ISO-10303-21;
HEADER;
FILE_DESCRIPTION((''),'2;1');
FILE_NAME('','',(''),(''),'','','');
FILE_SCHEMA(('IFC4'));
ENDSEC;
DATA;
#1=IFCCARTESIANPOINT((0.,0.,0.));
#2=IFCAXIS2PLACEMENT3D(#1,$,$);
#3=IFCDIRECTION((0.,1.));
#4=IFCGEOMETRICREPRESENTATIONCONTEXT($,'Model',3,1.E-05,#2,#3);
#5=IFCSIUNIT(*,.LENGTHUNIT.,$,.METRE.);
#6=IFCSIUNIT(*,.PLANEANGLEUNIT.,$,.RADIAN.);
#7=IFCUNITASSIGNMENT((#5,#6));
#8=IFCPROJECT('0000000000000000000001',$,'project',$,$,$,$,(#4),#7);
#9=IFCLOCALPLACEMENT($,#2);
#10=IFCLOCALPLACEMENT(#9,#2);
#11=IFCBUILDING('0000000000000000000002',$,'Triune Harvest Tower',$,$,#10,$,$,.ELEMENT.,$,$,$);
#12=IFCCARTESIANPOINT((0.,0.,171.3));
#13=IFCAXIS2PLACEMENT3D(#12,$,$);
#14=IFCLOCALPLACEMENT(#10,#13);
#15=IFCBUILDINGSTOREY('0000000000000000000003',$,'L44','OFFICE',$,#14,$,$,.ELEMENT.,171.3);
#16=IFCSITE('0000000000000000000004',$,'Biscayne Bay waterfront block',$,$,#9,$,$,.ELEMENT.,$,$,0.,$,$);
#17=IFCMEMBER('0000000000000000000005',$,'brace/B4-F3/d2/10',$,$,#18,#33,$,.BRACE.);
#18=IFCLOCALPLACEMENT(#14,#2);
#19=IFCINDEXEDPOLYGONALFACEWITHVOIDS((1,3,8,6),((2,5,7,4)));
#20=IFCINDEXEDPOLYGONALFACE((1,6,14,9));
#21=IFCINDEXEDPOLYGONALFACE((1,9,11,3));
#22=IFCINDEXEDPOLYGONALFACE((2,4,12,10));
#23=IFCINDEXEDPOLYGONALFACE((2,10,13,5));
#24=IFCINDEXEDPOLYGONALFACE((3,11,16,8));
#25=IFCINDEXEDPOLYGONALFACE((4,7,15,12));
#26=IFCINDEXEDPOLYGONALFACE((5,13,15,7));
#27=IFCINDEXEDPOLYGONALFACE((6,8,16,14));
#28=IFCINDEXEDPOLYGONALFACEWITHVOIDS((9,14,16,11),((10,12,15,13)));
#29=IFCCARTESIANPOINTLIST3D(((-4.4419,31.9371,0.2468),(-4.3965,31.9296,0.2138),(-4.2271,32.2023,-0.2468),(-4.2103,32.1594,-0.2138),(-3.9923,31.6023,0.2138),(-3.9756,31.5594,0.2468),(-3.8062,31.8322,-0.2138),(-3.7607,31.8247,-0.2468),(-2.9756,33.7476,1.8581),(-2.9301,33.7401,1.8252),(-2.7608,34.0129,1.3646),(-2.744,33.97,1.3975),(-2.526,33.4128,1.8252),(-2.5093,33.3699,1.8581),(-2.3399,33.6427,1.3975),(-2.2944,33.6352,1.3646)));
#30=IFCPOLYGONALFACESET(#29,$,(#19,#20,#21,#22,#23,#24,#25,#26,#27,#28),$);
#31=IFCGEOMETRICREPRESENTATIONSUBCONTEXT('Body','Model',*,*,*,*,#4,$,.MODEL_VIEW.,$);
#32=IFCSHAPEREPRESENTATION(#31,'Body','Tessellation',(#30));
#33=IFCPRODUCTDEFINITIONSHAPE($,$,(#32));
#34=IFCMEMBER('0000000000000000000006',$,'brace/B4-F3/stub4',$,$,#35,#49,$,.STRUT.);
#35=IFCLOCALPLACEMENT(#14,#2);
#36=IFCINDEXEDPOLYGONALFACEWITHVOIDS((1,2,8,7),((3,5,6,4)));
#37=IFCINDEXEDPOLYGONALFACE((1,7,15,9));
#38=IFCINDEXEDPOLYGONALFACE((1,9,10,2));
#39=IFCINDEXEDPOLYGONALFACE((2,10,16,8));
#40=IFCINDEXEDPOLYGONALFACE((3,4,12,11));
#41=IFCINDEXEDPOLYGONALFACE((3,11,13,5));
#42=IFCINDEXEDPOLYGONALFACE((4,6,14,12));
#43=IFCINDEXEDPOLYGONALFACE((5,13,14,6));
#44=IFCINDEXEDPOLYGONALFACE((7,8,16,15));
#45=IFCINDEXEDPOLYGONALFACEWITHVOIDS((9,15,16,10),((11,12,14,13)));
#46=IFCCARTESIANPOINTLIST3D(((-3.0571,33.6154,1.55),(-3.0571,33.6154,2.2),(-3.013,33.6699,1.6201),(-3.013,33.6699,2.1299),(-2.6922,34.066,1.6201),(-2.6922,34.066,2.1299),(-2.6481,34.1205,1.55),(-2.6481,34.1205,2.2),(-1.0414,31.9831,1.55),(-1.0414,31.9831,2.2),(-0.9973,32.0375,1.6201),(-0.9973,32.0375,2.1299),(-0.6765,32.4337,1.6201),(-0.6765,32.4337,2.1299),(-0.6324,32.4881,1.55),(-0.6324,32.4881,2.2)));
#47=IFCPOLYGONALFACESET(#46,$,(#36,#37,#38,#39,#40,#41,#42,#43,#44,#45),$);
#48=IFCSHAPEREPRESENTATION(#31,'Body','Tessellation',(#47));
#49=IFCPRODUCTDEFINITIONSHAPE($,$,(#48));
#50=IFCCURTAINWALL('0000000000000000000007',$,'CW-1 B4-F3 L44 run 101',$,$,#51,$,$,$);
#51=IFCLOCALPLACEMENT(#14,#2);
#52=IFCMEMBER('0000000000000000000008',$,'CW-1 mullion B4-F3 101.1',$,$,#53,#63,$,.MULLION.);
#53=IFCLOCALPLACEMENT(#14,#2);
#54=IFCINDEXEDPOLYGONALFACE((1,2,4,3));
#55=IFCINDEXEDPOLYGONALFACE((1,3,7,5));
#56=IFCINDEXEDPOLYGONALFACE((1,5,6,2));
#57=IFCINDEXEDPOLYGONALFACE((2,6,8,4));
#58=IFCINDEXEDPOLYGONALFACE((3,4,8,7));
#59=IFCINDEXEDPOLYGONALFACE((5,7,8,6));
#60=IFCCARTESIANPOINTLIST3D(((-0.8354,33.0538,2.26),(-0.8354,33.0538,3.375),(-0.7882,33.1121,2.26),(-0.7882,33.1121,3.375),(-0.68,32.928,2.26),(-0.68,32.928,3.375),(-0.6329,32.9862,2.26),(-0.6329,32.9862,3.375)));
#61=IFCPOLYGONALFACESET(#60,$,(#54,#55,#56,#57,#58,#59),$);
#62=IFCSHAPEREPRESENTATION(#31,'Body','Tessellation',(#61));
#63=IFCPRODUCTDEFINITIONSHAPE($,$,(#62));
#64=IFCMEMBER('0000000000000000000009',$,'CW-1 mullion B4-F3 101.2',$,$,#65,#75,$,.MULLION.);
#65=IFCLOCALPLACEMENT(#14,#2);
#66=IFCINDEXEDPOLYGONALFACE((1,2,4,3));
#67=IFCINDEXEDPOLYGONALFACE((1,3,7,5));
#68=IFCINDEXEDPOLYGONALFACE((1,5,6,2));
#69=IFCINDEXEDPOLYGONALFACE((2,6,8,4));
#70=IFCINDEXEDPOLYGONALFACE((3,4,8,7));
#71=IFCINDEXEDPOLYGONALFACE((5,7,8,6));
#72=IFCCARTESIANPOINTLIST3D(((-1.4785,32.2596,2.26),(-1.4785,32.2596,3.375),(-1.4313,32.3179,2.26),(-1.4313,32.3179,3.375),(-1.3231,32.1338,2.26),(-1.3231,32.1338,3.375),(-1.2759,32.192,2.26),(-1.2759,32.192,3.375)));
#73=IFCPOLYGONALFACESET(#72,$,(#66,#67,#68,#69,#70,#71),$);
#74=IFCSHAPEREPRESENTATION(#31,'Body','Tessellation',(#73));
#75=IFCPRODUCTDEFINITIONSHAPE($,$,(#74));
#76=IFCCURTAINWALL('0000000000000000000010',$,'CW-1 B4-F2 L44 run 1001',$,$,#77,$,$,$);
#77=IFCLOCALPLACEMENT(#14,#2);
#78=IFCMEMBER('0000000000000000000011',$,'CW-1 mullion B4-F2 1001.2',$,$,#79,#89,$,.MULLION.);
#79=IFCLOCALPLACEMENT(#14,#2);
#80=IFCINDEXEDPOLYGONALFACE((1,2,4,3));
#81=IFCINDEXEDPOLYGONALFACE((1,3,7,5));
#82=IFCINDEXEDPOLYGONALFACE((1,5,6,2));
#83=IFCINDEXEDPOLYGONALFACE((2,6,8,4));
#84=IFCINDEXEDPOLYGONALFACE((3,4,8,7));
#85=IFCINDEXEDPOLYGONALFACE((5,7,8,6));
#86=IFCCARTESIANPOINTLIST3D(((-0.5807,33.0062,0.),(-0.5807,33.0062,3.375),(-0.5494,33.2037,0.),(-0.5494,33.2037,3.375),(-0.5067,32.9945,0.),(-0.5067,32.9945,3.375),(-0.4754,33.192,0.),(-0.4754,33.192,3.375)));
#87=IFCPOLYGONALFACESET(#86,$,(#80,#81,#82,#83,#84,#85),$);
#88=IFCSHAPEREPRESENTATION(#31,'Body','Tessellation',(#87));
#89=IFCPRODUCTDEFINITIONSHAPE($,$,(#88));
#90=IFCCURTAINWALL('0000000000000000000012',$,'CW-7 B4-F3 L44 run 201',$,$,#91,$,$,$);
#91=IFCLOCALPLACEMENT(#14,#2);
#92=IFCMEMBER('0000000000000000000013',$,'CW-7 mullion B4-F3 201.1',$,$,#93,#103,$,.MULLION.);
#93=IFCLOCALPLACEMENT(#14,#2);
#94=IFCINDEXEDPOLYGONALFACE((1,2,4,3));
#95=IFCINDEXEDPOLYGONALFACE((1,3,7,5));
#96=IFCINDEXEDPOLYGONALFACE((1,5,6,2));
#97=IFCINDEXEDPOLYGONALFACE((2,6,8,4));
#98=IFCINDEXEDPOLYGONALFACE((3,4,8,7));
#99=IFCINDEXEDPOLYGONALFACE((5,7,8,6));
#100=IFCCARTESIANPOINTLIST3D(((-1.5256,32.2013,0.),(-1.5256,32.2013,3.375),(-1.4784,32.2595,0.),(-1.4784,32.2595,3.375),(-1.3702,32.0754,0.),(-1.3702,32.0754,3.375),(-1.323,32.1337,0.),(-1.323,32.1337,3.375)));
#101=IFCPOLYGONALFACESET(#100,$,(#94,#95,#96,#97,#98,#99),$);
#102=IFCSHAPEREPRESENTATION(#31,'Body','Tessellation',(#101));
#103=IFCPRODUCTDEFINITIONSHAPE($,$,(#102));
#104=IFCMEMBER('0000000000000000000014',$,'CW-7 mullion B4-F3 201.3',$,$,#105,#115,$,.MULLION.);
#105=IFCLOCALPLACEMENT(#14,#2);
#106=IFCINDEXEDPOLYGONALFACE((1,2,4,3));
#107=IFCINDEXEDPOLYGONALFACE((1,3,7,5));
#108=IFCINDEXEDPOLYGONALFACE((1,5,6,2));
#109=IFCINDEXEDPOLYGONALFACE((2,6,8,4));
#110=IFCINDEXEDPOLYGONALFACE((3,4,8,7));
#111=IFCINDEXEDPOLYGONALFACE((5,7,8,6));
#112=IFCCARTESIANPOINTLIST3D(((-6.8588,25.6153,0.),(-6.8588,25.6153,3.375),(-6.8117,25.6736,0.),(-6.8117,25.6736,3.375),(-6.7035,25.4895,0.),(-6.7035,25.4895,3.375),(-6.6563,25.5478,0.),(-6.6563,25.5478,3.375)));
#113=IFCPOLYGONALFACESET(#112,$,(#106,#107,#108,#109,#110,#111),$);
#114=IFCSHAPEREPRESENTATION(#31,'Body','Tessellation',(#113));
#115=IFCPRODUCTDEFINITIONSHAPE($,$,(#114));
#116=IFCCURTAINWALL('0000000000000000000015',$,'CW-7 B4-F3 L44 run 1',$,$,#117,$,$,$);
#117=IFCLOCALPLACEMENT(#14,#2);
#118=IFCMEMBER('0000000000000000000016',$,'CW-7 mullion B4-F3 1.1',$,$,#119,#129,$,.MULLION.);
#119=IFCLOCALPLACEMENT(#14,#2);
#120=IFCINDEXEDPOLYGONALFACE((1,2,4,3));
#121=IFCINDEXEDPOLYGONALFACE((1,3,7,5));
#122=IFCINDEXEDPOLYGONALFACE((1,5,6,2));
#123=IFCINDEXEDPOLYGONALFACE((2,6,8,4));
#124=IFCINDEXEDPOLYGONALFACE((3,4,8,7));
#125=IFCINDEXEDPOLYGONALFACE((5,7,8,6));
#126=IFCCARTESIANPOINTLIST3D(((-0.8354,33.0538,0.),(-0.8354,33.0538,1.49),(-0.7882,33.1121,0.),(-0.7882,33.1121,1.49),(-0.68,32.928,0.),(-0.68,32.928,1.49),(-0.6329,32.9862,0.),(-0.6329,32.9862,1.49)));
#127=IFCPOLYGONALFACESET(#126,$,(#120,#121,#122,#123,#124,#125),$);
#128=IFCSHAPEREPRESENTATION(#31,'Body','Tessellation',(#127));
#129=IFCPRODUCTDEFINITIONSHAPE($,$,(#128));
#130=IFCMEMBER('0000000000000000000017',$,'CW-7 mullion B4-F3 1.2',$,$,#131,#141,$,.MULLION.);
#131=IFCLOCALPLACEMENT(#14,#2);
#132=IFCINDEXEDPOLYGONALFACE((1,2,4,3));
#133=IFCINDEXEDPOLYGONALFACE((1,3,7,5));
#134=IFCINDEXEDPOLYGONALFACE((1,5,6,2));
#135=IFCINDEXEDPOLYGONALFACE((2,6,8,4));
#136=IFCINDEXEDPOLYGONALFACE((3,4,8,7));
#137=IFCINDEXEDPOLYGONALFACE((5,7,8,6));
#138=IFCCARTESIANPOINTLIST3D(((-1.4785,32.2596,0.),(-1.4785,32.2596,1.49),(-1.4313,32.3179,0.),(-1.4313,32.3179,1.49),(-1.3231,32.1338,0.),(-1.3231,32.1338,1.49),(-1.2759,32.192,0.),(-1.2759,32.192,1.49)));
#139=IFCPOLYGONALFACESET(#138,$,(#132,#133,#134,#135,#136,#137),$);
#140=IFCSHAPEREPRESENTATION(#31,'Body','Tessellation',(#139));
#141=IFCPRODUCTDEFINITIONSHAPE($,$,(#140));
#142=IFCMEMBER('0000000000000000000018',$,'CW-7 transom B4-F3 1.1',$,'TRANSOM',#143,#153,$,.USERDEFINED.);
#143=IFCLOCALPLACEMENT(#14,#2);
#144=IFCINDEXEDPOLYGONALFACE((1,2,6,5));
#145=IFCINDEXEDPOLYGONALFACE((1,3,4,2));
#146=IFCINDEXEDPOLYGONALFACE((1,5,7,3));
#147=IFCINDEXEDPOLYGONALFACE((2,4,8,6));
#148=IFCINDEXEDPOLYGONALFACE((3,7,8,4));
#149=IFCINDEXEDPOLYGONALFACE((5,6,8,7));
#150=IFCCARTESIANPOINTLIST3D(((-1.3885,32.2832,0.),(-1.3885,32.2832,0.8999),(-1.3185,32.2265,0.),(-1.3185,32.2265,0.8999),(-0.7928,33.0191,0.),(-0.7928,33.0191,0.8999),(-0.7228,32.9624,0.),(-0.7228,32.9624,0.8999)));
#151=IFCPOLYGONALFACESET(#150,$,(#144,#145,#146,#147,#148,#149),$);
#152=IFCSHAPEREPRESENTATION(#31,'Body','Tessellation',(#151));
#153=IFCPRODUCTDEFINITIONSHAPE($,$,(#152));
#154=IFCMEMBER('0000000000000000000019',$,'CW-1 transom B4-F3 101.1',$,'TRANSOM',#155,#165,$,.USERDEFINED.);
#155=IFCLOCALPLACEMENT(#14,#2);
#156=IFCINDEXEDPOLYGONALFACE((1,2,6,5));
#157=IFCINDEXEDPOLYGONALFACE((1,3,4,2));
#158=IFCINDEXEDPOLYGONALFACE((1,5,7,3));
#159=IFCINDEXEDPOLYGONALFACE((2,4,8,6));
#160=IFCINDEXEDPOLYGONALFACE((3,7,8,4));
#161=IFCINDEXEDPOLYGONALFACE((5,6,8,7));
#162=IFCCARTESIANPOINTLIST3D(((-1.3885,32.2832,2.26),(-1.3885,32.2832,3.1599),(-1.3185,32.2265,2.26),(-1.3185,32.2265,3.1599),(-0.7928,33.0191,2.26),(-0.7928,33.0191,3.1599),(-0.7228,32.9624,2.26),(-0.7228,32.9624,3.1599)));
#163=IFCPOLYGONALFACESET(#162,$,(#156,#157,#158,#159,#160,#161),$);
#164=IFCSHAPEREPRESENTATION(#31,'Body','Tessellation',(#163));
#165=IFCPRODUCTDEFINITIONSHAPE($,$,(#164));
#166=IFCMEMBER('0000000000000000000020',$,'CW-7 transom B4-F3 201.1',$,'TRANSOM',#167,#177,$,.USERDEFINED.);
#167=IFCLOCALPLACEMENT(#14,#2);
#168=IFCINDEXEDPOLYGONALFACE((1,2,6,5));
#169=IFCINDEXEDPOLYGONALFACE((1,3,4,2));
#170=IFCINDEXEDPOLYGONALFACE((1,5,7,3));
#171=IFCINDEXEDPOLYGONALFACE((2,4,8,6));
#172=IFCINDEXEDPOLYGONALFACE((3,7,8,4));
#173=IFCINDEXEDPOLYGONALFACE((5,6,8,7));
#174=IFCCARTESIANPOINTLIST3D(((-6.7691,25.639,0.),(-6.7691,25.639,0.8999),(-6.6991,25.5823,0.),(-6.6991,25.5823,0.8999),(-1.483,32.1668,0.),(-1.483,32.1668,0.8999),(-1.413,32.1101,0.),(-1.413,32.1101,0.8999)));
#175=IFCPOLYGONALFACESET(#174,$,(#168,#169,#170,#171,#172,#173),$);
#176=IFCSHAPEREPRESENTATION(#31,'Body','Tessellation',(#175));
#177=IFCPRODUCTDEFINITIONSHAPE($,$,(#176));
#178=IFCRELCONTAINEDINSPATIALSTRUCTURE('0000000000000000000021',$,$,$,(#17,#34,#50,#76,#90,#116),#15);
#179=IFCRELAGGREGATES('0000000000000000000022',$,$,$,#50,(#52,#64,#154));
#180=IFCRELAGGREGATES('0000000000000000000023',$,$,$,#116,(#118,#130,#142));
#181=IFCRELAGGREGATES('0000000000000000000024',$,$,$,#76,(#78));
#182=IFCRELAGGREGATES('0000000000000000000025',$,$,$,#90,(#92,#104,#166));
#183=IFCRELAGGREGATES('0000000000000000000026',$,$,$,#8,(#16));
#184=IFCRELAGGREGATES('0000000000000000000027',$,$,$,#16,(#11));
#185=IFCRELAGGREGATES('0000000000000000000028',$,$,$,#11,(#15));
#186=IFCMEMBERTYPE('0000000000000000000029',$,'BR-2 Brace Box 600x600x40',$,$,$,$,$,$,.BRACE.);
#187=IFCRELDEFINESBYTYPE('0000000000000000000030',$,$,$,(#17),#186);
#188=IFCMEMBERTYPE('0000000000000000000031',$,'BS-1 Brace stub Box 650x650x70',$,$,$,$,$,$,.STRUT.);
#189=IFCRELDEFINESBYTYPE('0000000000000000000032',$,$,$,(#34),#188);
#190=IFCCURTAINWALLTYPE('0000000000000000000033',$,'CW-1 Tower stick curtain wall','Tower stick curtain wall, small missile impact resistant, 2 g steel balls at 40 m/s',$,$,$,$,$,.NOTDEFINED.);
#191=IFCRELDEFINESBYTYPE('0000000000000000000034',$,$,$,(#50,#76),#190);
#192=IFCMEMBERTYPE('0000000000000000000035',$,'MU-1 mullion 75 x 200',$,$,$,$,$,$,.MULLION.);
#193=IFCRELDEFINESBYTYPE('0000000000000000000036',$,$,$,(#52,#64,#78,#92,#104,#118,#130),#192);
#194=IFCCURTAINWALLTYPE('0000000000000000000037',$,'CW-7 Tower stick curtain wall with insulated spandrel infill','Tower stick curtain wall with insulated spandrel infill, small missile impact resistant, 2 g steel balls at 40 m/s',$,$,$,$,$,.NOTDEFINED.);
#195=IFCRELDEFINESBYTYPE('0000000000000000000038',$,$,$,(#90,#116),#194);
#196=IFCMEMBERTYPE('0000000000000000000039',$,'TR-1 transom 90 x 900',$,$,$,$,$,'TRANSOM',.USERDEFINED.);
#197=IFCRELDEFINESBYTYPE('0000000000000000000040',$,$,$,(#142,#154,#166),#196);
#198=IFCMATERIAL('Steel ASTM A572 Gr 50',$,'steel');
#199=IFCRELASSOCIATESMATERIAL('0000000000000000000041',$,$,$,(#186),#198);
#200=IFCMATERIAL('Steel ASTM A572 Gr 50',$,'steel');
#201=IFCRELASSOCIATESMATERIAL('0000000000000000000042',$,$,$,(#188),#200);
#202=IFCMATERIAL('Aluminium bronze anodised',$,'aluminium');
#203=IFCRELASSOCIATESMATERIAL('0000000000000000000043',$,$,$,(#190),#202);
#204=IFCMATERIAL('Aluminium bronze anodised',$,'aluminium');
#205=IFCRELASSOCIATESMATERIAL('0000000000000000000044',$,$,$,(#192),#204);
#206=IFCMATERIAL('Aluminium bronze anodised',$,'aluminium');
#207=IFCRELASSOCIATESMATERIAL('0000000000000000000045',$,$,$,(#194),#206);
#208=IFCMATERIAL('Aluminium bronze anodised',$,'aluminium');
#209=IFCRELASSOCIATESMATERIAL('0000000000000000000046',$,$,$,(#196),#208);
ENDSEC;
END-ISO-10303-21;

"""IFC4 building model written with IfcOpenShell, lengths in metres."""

from ifc_helpers import new_model, si_unit, direction, frame, origin, origin_2d, place, context, subcontext, project, spatial, rectangle, hollow_rectangle, extrude, source, transform, mapped, material, material_profile, profile_set, type_object, element, aggregate, save


model = new_model("IFC4")

# Units and contexts
model_context = context("Model", 3, precision=1e-05, world=origin(), true_north=direction((0.0, 1.0)))
body_context = subcontext(model_context, "Body", "Model", "MODEL_VIEW")
ifc_project = project(units=[si_unit("LENGTHUNIT", "METRE"), si_unit("PLANEANGLEUNIT", "RADIAN")], contexts=[model_context])

# Site, building, storey
site_placement = place(None, origin())
site = spatial("IfcSite", under=ifc_project, at=site_placement, Name="Biscayne Bay waterfront block", CompositionType="ELEMENT", RefElevation=0.0)
building_placement = place(site_placement, origin())
building = spatial("IfcBuilding", under=site, at=building_placement, Name="Triune Harvest Tower", CompositionType="ELEMENT")
storey_placement = place(building_placement, frame((0.0, 0.0, 171.3)))
storey = spatial("IfcBuildingStorey", under=building, at=storey_placement, Name="L44", Description="OFFICE", CompositionType="ELEMENT", Elevation=171.3)

# Members
ifc_material_1 = material(Name="Steel ASTM A572 Gr 50", Category="steel")
ifc_material_profile_1 = material_profile(ifc_material_1, hollow_rectangle(XDim=0.6001, YDim=0.6001, WallThickness=0.04, at=origin_2d()), Name="Box 600x600x40")
ifc_profile_set_1 = profile_set([ifc_material_profile_1], Name="Steel ASTM A572 Gr 50")
member_type_1 = type_object("IfcMemberType", Name="BR-2 Brace Box 600x600x40", PredefinedType="BRACE", material=ifc_profile_set_1)
shared_shape_1 = source(origin(), body_context, "Body", "SweptSolid", [
    extrude(hollow_rectangle(XDim=0.6001, YDim=0.6001, WallThickness=0.04, at=origin_2d()), origin(), (0.0, 0.0, 1.0), 2.8328),
])
member_1_placement = place(storey_placement, frame((-4.1013, 31.8809, 0.0), z_axis=(0.517626, 0.639146, 0.56882), x_axis=(-0.777113, 0.629361, 0.0)))
element("IfcMember", 1, at=member_1_placement, inside=storey, type_object=member_type_1, Name="brace/B4-F3/d2/10", PredefinedType="BRACE", context=body_context, shape_type="MappedRepresentation", body=[
    mapped(shared_shape_1, transform((0.0, 0.0, 0.0), scale=1.0)),
])
ifc_material_2 = material(Name="Steel ASTM A572 Gr 50", Category="steel")
ifc_material_profile_2 = material_profile(ifc_material_2, hollow_rectangle(XDim=0.6499, YDim=0.6499, WallThickness=0.0701, at=origin_2d()), Name="Box 650x650x70")
ifc_profile_set_2 = profile_set([ifc_material_profile_2], Name="Steel ASTM A572 Gr 50")
member_type_2 = type_object("IfcMemberType", Name="BS-1 Brace stub Box 650x650x70", PredefinedType="STRUT", material=ifc_profile_set_2)
shared_shape_2 = source(origin(), body_context, "Body", "SweptSolid", [
    extrude(hollow_rectangle(XDim=0.6499, YDim=0.6499, WallThickness=0.0701, at=origin_2d()), origin(), (0.0, 0.0, 1.0), 2.5938),
])
member_2_placement = place(storey_placement, frame((-0.8369, 32.2356, 1.875), z_axis=(-0.777126, 0.629344, 0.0), x_axis=(-0.629344, -0.777126, 0.0)))
element("IfcMember", 2, at=member_2_placement, inside=storey, type_object=member_type_2, Name="brace/B4-F3/stub4", PredefinedType="STRUT", context=body_context, shape_type="MappedRepresentation", body=[
    mapped(shared_shape_2, transform((0.0, 0.0, 0.0), scale=1.0)),
])

# Curtain wall, members
ifc_material_3 = material(Name="Aluminium bronze anodised", Category="aluminium")
curtain_wall_type_1 = type_object("IfcCurtainWallType", Name="CW-1 Tower stick curtain wall", Description="Tower stick curtain wall, small missile impact resistant, 2 g steel balls at 40 m/s", PredefinedType="NOTDEFINED", material=ifc_material_3)
curtain_wall_1_placement = place(storey_placement, origin())
curtain_wall_1 = element("IfcCurtainWall", 3, at=curtain_wall_1_placement, inside=storey, type_object=curtain_wall_type_1, Name="CW-1 B4-F3 L44 run 101")
ifc_material_4 = material(Name="Aluminium bronze anodised", Category="aluminium")
ifc_material_profile_3 = material_profile(ifc_material_4, rectangle(XDim=0.2, YDim=0.075, at=origin_2d()), Name="MU-1 mullion 75 x 200")
ifc_profile_set_3 = profile_set([ifc_material_profile_3], Name="Aluminium bronze anodised")
member_type_3 = type_object("IfcMemberType", Name="MU-1 mullion 75 x 200", PredefinedType="MULLION", material=ifc_profile_set_3)
shared_shape_3 = source(origin(), body_context, "Body", "SweptSolid", [
    extrude(rectangle(XDim=0.2, YDim=0.075, at=origin_2d()), origin(), (0.0, 0.0, 1.0), 1.115),
])
member_3_placement = place(storey_placement, frame((-0.7341, 33.02, 2.26), z_axis=(0.0, 0.0, 1.0), x_axis=(0.777128, -0.629342, 0.0)))
member_3 = element("IfcMember", 4, at=member_3_placement, type_object=member_type_3, Name="CW-1 mullion B4-F3 101.1", PredefinedType="MULLION", context=body_context, shape_type="MappedRepresentation", body=[
    mapped(shared_shape_3, transform((0.0, 0.0, 0.0), scale=1.0)),
])
member_4_placement = place(storey_placement, frame((-1.3772, 32.2258, 2.26), z_axis=(0.0, 0.0, 1.0), x_axis=(0.777128, -0.629342, 0.0)))
member_4 = element("IfcMember", 5, at=member_4_placement, type_object=member_type_3, Name="CW-1 mullion B4-F3 101.2", PredefinedType="MULLION", context=body_context, shape_type="MappedRepresentation", body=[
    mapped(shared_shape_3, transform((0.0, 0.0, 0.0), scale=1.0)),
])

# Curtain wall, member
curtain_wall_2_placement = place(storey_placement, origin())
curtain_wall_2 = element("IfcCurtainWall", 6, at=curtain_wall_2_placement, inside=storey, type_object=curtain_wall_type_1, Name="CW-1 B4-F2 L44 run 1001")
shared_shape_4 = source(origin(), body_context, "Body", "SweptSolid", [
    extrude(rectangle(XDim=0.2, YDim=0.075, at=origin_2d()), origin(), (0.0, 0.0, 1.0), 3.375),
])
member_5_placement = place(storey_placement, frame((-0.5281, 33.0991, 0.0), z_axis=(0.0, 0.0, 1.0), x_axis=(-0.156444, -0.987687, 0.0)))
member_5 = element("IfcMember", 7, at=member_5_placement, type_object=member_type_3, Name="CW-1 mullion B4-F2 1001.2", PredefinedType="MULLION", context=body_context, shape_type="MappedRepresentation", body=[
    mapped(shared_shape_4, transform((0.0, 0.0, 0.0), scale=1.0)),
])

# Curtain walls, members
ifc_material_5 = material(Name="Aluminium bronze anodised", Category="aluminium")
curtain_wall_type_2 = type_object("IfcCurtainWallType", Name="CW-7 Tower stick curtain wall with insulated spandrel infill", Description="Tower stick curtain wall with insulated spandrel infill, small missile impact resistant, 2 g steel balls at 40 m/s", PredefinedType="NOTDEFINED", material=ifc_material_5)
curtain_wall_3_placement = place(storey_placement, origin())
curtain_wall_3 = element("IfcCurtainWall", 8, at=curtain_wall_3_placement, inside=storey, type_object=curtain_wall_type_2, Name="CW-7 B4-F3 L44 run 201")
member_6_placement = place(storey_placement, frame((-1.4243, 32.1675, 0.0), z_axis=(0.0, 0.0, 1.0), x_axis=(0.777147, -0.629319, 0.0)))
member_6 = element("IfcMember", 9, at=member_6_placement, type_object=member_type_3, Name="CW-7 mullion B4-F3 201.1", PredefinedType="MULLION", context=body_context, shape_type="MappedRepresentation", body=[
    mapped(shared_shape_4, transform((0.0, 0.0, 0.0), scale=1.0)),
])
member_7_placement = place(storey_placement, frame((-6.7576, 25.5815, 0.0), z_axis=(0.0, 0.0, 1.0), x_axis=(0.777147, -0.629319, 0.0)))
member_7 = element("IfcMember", 10, at=member_7_placement, type_object=member_type_3, Name="CW-7 mullion B4-F3 201.3", PredefinedType="MULLION", context=body_context, shape_type="MappedRepresentation", body=[
    mapped(shared_shape_4, transform((0.0, 0.0, 0.0), scale=1.0)),
])
curtain_wall_4_placement = place(storey_placement, origin())
curtain_wall_4 = element("IfcCurtainWall", 11, at=curtain_wall_4_placement, inside=storey, type_object=curtain_wall_type_2, Name="CW-7 B4-F3 L44 run 1")
shared_shape_5 = source(origin(), body_context, "Body", "SweptSolid", [
    extrude(rectangle(XDim=0.2, YDim=0.075, at=origin_2d()), origin(), (0.0, 0.0, 1.0), 1.49),
])
member_8_placement = place(storey_placement, frame((-0.7341, 33.02, 0.0), z_axis=(0.0, 0.0, 1.0), x_axis=(0.777128, -0.629342, 0.0)))
member_8 = element("IfcMember", 12, at=member_8_placement, type_object=member_type_3, Name="CW-7 mullion B4-F3 1.1", PredefinedType="MULLION", context=body_context, shape_type="MappedRepresentation", body=[
    mapped(shared_shape_5, transform((0.0, 0.0, 0.0), scale=1.0)),
])
member_9_placement = place(storey_placement, frame((-1.3772, 32.2258, 0.0), z_axis=(0.0, 0.0, 1.0), x_axis=(0.777128, -0.629342, 0.0)))
member_9 = element("IfcMember", 13, at=member_9_placement, type_object=member_type_3, Name="CW-7 mullion B4-F3 1.2", PredefinedType="MULLION", context=body_context, shape_type="MappedRepresentation", body=[
    mapped(shared_shape_5, transform((0.0, 0.0, 0.0), scale=1.0)),
])
ifc_material_6 = material(Name="Aluminium bronze anodised", Category="aluminium")
ifc_material_profile_4 = material_profile(ifc_material_6, rectangle(XDim=0.0901, YDim=0.8999, at=origin_2d()), Name="TR-1 transom 90 x 900")
ifc_profile_set_4 = profile_set([ifc_material_profile_4], Name="Aluminium bronze anodised")
member_type_4 = type_object("IfcMemberType", Name="TR-1 transom 90 x 900", ElementType="TRANSOM", PredefinedType="USERDEFINED", material=ifc_profile_set_4)
shared_shape_6 = source(origin(), body_context, "Body", "SweptSolid", [
    extrude(rectangle(XDim=0.0901, YDim=0.8999, at=origin_2d()), origin(), (0.0, 0.0, 1.0), 0.9468),
])
member_10_placement = place(storey_placement, frame((-0.7578, 32.9907, 0.45), z_axis=(-0.629213, -0.777233, 0.0), x_axis=(0.777233, -0.629213, 0.0)))
member_10 = element("IfcMember", 14, at=member_10_placement, type_object=member_type_4, Name="CW-7 transom B4-F3 1.1", ObjectType="TRANSOM", PredefinedType="USERDEFINED", context=body_context, shape_type="MappedRepresentation", body=[
    mapped(shared_shape_6, transform((0.0, 0.0, 0.0), scale=1.0)),
])

# Members
member_11_placement = place(storey_placement, frame((-0.7578, 32.9907, 2.71), z_axis=(-0.629213, -0.777233, 0.0), x_axis=(0.777233, -0.629213, 0.0)))
member_11 = element("IfcMember", 15, at=member_11_placement, type_object=member_type_4, Name="CW-1 transom B4-F3 101.1", ObjectType="TRANSOM", PredefinedType="USERDEFINED", context=body_context, shape_type="MappedRepresentation", body=[
    mapped(shared_shape_6, transform((0.0, 0.0, 0.0), scale=1.0)),
])
shared_shape_7 = source(origin(), body_context, "Body", "SweptSolid", [
    extrude(rectangle(XDim=0.0901, YDim=0.8999, at=origin_2d()), origin(), (0.0, 0.0, 1.0), 8.3997),
])
member_12_placement = place(storey_placement, frame((-1.448, 32.1384, 0.45), z_axis=(-0.62932, -0.777146, 0.0), x_axis=(0.777146, -0.62932, 0.0)))
member_12 = element("IfcMember", 16, at=member_12_placement, type_object=member_type_4, Name="CW-7 transom B4-F3 201.1", ObjectType="TRANSOM", PredefinedType="USERDEFINED", context=body_context, shape_type="MappedRepresentation", body=[
    mapped(shared_shape_7, transform((0.0, 0.0, 0.0), scale=1.0)),
])

aggregate(curtain_wall_1, [member_3, member_4, member_11])
aggregate(curtain_wall_4, [member_8, member_9, member_10])
aggregate(curtain_wall_2, [member_5])
aggregate(curtain_wall_3, [member_6, member_7, member_12])

save(model, "model.ifc")
